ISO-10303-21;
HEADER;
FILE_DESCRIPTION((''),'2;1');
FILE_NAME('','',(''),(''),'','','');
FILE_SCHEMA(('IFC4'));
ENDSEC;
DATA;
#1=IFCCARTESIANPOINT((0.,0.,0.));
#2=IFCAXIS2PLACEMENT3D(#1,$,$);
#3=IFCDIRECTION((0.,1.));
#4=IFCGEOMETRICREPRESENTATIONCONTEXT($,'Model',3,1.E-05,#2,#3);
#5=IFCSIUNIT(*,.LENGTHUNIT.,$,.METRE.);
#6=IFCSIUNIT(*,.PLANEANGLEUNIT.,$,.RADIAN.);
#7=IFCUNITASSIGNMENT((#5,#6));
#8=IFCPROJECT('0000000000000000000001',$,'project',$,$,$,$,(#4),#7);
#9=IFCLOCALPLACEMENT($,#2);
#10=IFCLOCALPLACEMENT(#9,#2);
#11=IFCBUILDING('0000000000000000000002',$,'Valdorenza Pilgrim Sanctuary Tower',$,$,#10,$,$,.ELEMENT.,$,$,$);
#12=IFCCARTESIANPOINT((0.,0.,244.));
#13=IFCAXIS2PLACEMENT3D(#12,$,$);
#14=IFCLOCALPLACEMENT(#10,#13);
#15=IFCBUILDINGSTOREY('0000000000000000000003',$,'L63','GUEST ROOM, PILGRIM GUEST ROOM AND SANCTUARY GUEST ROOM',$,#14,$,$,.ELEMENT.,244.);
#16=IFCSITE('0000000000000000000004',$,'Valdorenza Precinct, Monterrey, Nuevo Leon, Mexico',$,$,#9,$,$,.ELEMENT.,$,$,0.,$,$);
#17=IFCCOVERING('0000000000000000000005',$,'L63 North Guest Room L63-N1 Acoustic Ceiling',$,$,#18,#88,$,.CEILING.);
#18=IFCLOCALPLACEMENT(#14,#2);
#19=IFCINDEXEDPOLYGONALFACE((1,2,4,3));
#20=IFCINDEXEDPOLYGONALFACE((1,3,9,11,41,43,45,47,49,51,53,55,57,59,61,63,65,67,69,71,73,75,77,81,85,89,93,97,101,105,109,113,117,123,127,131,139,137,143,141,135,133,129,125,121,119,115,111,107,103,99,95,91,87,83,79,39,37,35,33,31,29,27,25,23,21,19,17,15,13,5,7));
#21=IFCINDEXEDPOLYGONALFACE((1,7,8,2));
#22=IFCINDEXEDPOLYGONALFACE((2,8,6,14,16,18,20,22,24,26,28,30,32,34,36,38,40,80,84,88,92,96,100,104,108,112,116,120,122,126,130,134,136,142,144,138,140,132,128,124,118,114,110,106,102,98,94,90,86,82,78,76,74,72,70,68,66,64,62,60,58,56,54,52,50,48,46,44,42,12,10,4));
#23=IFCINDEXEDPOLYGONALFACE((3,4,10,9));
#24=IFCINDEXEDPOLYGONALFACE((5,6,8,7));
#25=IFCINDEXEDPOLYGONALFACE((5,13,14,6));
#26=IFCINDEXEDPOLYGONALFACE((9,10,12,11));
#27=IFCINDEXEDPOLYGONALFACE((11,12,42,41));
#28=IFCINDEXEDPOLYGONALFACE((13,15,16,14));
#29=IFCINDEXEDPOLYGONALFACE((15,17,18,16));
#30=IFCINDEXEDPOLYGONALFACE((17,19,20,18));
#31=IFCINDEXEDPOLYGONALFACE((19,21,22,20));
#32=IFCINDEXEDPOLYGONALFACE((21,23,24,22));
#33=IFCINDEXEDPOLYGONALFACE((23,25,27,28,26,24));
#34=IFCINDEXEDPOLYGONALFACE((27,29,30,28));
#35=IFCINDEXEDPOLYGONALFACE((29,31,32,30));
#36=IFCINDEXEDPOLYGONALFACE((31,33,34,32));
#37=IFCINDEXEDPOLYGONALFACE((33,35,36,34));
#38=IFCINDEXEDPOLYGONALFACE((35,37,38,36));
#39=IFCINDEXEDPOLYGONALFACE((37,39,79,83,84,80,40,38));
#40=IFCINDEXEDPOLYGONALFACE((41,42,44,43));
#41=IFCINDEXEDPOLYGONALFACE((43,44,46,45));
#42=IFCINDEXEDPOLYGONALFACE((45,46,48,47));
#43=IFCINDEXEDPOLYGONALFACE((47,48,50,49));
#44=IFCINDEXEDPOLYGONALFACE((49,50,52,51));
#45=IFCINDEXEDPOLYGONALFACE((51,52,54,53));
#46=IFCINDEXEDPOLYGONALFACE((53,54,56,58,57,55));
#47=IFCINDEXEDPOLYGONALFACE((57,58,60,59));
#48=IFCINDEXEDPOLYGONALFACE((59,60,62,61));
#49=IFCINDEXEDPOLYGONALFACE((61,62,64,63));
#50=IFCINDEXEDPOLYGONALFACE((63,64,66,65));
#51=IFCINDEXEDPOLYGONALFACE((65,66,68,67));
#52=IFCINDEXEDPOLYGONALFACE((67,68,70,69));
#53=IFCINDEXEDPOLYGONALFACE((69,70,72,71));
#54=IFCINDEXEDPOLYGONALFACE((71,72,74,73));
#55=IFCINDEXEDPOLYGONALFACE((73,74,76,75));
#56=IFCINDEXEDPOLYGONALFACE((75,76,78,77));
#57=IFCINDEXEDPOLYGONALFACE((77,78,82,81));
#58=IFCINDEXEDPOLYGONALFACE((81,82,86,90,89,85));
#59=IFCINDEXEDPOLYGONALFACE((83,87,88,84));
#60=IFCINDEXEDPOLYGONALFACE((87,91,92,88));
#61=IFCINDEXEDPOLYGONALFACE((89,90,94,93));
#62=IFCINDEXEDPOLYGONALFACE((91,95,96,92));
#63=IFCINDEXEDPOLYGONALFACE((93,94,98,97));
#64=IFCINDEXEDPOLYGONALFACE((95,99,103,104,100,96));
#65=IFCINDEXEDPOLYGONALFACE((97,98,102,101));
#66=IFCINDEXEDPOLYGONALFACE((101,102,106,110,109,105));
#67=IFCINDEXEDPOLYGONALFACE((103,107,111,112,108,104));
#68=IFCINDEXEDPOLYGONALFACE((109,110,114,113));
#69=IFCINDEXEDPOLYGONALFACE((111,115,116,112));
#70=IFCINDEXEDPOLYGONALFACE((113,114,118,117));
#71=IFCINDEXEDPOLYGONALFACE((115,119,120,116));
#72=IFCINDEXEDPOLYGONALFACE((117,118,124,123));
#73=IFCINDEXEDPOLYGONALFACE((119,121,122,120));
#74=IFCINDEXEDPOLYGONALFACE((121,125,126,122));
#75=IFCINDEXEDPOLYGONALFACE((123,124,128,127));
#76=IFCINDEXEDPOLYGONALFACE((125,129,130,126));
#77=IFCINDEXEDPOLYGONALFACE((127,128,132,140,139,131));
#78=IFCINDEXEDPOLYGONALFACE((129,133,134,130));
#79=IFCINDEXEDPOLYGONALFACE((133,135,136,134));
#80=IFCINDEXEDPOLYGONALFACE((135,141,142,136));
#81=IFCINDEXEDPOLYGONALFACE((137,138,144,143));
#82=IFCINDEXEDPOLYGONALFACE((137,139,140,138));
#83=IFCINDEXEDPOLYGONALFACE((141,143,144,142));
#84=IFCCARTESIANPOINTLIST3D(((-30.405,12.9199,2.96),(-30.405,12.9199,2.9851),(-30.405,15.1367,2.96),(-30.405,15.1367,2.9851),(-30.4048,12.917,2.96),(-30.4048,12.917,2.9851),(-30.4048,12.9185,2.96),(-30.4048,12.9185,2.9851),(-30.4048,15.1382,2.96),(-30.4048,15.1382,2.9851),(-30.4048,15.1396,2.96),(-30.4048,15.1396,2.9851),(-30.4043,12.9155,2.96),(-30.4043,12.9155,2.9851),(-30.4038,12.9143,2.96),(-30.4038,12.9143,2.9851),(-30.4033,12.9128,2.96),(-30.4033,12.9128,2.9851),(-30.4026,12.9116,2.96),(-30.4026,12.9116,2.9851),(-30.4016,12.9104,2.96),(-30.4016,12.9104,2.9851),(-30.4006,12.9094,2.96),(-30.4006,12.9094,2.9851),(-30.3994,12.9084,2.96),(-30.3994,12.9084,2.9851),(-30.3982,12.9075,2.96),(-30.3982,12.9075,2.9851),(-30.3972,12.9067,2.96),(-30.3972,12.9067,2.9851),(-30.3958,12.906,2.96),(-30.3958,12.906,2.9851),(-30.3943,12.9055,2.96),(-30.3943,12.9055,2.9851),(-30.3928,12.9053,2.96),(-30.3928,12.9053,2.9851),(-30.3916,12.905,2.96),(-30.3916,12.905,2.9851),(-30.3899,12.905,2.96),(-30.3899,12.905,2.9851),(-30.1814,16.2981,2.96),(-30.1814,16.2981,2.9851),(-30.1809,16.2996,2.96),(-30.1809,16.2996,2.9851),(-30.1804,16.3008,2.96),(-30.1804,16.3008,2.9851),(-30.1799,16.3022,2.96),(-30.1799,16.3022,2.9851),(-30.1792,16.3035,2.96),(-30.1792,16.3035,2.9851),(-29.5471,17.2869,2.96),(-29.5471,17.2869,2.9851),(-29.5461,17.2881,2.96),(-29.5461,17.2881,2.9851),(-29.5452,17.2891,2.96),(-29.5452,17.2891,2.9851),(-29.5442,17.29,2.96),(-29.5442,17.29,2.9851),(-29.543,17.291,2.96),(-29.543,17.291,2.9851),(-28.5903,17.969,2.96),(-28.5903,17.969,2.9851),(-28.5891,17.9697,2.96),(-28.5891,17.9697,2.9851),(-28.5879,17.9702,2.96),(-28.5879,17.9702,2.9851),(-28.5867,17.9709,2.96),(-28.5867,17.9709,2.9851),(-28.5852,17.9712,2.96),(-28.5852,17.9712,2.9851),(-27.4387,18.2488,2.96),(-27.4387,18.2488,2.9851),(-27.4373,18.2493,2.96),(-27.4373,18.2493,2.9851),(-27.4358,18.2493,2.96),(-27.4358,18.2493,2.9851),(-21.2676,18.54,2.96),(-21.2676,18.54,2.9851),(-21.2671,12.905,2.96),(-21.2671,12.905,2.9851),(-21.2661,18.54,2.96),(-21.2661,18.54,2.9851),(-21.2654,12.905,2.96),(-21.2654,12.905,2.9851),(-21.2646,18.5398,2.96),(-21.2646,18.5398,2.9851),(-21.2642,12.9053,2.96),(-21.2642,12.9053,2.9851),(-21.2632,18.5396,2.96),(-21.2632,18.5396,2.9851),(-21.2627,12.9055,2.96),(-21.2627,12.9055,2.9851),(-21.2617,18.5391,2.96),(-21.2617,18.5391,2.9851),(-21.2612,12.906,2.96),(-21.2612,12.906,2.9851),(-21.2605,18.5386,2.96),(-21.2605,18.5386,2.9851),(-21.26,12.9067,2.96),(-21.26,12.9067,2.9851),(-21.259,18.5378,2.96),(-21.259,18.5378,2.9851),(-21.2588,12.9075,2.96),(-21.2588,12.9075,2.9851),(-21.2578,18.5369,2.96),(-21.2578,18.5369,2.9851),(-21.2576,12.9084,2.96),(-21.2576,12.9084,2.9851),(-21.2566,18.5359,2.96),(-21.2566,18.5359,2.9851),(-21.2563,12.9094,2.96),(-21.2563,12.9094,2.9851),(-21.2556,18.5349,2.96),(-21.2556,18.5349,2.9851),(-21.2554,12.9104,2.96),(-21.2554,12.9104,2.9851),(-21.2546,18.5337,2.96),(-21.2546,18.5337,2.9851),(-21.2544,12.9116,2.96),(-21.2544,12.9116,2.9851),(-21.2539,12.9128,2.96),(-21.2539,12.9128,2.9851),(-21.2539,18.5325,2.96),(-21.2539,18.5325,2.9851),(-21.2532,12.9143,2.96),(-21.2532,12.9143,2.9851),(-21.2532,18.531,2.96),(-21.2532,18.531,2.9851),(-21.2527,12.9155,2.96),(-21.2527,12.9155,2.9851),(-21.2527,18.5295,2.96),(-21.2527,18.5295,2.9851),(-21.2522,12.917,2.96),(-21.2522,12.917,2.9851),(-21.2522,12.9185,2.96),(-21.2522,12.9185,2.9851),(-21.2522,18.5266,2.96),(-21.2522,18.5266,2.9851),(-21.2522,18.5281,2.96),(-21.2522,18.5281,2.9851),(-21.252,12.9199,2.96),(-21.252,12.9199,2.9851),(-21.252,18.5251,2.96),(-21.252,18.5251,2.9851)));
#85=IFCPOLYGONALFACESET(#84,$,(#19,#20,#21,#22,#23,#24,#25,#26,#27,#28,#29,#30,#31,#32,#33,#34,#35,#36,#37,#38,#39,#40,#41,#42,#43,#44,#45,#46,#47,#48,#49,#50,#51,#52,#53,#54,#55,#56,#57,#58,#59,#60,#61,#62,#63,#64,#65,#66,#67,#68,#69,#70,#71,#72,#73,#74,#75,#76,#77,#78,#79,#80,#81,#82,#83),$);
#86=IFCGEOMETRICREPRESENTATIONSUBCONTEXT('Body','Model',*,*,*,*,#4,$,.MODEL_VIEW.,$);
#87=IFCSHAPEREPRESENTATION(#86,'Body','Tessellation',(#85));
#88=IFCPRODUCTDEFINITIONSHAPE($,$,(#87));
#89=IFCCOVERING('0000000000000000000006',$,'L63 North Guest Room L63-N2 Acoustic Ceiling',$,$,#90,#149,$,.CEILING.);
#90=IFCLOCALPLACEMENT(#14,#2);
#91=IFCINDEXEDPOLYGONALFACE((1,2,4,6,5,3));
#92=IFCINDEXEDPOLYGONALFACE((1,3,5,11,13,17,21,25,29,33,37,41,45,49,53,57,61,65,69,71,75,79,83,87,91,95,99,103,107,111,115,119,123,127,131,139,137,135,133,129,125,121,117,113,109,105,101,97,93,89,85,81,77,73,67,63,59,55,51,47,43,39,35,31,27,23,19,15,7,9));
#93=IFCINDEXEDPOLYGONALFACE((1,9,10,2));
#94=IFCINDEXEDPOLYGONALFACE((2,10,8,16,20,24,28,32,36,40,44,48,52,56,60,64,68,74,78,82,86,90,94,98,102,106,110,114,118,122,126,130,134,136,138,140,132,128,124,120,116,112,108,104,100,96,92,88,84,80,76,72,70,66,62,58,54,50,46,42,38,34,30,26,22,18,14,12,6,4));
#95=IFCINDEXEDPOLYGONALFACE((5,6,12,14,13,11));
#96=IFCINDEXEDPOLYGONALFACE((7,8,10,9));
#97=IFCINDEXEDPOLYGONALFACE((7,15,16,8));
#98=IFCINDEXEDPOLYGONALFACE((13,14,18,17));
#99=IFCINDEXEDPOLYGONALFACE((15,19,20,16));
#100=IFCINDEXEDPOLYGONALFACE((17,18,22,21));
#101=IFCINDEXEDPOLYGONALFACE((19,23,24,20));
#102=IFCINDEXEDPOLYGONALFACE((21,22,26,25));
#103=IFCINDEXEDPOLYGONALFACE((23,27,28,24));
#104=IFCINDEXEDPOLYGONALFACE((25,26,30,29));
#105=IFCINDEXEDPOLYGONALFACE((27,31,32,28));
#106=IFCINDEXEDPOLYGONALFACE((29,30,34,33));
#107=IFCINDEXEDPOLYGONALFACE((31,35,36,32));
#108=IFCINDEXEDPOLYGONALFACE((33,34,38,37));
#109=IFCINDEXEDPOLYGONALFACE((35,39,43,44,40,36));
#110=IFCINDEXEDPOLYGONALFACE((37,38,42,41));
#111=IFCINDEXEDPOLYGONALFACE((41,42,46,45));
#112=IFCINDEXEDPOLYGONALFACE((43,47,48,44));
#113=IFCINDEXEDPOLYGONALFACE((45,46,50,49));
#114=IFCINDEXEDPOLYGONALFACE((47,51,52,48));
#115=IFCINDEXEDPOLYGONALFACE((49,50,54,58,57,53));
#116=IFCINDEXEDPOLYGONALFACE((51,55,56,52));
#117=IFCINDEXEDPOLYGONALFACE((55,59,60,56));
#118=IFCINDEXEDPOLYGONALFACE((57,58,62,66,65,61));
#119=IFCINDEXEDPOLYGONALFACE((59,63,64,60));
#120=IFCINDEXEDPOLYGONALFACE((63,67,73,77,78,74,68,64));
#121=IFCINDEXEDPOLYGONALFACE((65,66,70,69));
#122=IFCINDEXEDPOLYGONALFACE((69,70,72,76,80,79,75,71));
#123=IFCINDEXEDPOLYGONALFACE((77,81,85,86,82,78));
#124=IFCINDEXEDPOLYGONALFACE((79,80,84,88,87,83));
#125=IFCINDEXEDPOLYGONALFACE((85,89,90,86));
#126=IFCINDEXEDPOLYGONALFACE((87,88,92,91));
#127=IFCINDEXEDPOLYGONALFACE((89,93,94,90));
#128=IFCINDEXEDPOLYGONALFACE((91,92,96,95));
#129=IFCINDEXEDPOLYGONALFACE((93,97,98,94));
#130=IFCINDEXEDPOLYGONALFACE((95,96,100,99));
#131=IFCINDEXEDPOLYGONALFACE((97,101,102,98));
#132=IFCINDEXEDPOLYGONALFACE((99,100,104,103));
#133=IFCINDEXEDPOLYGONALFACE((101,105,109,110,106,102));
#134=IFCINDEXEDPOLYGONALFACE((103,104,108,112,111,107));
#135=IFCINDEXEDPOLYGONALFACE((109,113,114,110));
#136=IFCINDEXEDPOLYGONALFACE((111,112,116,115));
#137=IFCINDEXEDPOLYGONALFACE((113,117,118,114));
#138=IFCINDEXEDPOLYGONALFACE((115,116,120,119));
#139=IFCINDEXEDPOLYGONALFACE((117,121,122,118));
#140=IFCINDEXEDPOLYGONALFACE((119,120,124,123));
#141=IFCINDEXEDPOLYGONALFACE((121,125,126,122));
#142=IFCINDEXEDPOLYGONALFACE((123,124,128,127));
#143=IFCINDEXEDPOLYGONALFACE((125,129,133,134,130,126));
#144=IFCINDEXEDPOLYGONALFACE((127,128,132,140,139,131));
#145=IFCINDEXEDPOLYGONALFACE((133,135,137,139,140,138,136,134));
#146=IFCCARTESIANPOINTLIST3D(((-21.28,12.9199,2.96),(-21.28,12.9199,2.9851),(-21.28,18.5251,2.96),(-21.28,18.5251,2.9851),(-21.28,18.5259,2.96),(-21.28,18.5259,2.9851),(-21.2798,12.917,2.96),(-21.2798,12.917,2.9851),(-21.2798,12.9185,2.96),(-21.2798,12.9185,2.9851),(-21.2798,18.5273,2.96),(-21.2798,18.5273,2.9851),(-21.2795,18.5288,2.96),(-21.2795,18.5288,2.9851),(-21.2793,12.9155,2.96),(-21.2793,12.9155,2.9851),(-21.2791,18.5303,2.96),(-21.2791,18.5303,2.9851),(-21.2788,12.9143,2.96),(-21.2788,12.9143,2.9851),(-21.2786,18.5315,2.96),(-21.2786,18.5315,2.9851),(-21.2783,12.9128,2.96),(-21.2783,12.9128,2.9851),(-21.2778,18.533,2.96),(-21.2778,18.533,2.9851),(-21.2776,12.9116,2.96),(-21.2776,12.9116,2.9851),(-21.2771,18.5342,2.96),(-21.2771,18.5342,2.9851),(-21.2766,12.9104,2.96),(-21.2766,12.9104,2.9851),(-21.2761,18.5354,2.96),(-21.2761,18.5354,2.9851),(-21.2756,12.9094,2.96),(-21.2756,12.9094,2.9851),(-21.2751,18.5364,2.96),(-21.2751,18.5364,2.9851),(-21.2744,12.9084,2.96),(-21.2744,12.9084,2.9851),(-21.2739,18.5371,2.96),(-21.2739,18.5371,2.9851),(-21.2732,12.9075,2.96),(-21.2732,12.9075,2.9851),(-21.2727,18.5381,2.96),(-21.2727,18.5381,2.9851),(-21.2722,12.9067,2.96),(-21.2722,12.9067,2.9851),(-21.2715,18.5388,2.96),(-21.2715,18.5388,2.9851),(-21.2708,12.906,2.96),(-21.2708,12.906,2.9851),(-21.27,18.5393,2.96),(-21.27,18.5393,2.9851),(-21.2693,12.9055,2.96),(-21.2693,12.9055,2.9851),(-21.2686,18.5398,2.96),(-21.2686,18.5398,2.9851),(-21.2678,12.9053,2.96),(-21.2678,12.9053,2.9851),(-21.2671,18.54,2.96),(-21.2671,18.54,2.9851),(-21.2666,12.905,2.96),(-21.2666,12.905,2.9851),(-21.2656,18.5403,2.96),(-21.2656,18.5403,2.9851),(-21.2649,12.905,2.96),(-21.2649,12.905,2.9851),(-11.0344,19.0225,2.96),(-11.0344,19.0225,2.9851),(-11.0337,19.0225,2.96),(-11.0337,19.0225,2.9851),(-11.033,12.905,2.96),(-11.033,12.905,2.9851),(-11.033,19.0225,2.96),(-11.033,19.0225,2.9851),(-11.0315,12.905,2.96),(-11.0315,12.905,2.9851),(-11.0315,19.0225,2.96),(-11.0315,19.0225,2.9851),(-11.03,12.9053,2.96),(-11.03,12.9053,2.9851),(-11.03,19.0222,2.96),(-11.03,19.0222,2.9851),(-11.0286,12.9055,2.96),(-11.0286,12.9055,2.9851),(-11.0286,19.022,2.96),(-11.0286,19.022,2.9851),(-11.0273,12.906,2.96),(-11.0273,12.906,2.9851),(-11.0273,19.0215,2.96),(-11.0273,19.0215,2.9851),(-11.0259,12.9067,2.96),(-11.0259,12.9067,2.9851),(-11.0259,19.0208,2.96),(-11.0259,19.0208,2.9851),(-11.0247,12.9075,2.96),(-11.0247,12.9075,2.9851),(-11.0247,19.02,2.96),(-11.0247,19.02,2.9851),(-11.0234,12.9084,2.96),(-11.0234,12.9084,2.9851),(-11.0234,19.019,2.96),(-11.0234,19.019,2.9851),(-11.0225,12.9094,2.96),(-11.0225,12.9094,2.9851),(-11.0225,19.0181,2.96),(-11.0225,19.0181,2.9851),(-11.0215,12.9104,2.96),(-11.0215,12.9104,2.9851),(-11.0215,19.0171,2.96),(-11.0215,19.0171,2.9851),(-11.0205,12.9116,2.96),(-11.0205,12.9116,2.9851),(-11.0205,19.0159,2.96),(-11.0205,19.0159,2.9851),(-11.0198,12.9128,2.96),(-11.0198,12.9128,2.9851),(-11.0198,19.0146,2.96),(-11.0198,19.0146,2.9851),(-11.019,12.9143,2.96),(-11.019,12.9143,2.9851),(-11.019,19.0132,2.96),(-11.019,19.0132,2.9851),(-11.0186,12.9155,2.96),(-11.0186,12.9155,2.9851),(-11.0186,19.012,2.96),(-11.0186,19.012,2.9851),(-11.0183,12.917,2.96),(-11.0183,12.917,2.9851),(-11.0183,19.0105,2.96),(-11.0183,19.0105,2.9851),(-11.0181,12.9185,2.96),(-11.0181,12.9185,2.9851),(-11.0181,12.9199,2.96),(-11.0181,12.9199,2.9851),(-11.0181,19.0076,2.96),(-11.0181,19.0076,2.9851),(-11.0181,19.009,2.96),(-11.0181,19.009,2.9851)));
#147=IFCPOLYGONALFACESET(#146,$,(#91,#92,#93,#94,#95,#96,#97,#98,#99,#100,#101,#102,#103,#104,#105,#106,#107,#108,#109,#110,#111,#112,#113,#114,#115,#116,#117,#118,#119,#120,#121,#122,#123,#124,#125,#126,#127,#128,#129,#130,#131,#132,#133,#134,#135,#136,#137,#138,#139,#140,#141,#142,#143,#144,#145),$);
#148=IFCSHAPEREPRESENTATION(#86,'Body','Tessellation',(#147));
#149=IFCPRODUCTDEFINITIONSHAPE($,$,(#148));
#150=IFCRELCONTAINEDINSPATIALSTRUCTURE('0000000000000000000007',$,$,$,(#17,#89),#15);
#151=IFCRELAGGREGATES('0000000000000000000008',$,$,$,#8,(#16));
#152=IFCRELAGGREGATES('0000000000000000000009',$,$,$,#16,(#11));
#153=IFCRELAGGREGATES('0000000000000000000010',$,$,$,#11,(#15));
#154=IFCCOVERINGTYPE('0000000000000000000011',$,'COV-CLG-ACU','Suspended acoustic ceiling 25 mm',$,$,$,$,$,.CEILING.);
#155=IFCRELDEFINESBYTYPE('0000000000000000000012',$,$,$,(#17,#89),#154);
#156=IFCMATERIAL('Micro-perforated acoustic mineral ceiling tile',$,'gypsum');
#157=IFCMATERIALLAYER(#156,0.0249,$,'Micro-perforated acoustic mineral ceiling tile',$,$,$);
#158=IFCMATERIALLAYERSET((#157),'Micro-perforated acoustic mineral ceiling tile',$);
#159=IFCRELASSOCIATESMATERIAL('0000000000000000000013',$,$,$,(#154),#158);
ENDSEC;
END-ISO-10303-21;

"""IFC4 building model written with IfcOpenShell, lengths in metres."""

from ifc_helpers import new_model, si_unit, direction, frame, origin, place, context, subcontext, project, spatial, polyline, outline, extrude, material, layer, layer_set, type_object, element, save


model = new_model("IFC4")

# Units and contexts
model_context = context("Model", 3, precision=1e-05, world=origin(), true_north=direction((0.0, 1.0)))
body_context = subcontext(model_context, "Body", "Model", "MODEL_VIEW")
ifc_project = project(units=[si_unit("LENGTHUNIT", "METRE"), si_unit("PLANEANGLEUNIT", "RADIAN")], contexts=[model_context])

# Site, building, storey
site_placement = place(None, origin())
site = spatial("IfcSite", under=ifc_project, at=site_placement, Name="Valdorenza Precinct, Monterrey, Nuevo Leon, Mexico", CompositionType="ELEMENT", RefElevation=0.0)
building_placement = place(site_placement, origin())
building = spatial("IfcBuilding", under=site, at=building_placement, Name="Valdorenza Pilgrim Sanctuary Tower", CompositionType="ELEMENT")
storey_placement = place(building_placement, frame((0.0, 0.0, 244.0)))
storey = spatial("IfcBuildingStorey", under=building, at=storey_placement, Name="L63", Description="GUEST ROOM, PILGRIM GUEST ROOM AND SANCTUARY GUEST ROOM", CompositionType="ELEMENT", Elevation=244.0)

# Coverings
ifc_material_1 = material(Name="Micro-perforated acoustic mineral ceiling tile", Category="gypsum")
ifc_layer_1 = layer(ifc_material_1, 0.0249, Name="Micro-perforated acoustic mineral ceiling tile")
ifc_layer_set_1 = layer_set([ifc_layer_1], Name="Micro-perforated acoustic mineral ceiling tile")
covering_type_1 = type_object("IfcCoveringType", Name="COV-CLG-ACU", Description="Suspended acoustic ceiling 25 mm", PredefinedType="CEILING", material=ifc_layer_set_1)
covering_1_placement = place(storey_placement, frame((0.0, 0.0, 2.96)))
element("IfcCovering", 1, at=covering_1_placement, inside=storey, type_object=covering_type_1, Name="L63 North Guest Room L63-N1 Acoustic Ceiling", PredefinedType="CEILING", context=body_context, shape_type="SweptSolid", body=[
    extrude(outline(polyline([(-30.1814, 16.2981), (-30.1809, 16.2996), (-30.1804, 16.3008), (-30.1799, 16.3022), (-30.1792, 16.3035), (-29.5471, 17.2869), (-29.5461, 17.2881), (-29.5452, 17.2891), (-29.5442, 17.29), (-29.543, 17.291), (-28.5903, 17.969), (-28.5891, 17.9697), (-28.5879, 17.9702), (-28.5867, 17.9709), (-28.5852, 17.9712), (-27.4387, 18.2488), (-27.4373, 18.2493), (-27.4358, 18.2493), (-21.2676, 18.54), (-21.2661, 18.54), (-21.2646, 18.5398), (-21.2632, 18.5396), (-21.2617, 18.5391), (-21.2605, 18.5386), (-21.259, 18.5378), (-21.2578, 18.5369), (-21.2566, 18.5359), (-21.2556, 18.5349), (-21.2546, 18.5337), (-21.2539, 18.5325), (-21.2532, 18.531), (-21.2527, 18.5295), (-21.2522, 18.5281), (-21.2522, 18.5266), (-21.252, 18.5251), (-21.252, 12.9199), (-21.2522, 12.9185), (-21.2522, 12.917), (-21.2527, 12.9155), (-21.2532, 12.9143), (-21.2539, 12.9128), (-21.2544, 12.9116), (-21.2554, 12.9104), (-21.2563, 12.9094), (-21.2576, 12.9084), (-21.2588, 12.9075), (-21.26, 12.9067), (-21.2612, 12.906), (-21.2627, 12.9055), (-21.2642, 12.9053), (-21.2654, 12.905), (-21.2671, 12.905), (-30.3899, 12.905), (-30.3916, 12.905), (-30.3928, 12.9053), (-30.3943, 12.9055), (-30.3958, 12.906), (-30.3972, 12.9067), (-30.3982, 12.9075), (-30.3994, 12.9084), (-30.4006, 12.9094), (-30.4016, 12.9104), (-30.4026, 12.9116), (-30.4033, 12.9128), (-30.4038, 12.9143), (-30.4043, 12.9155), (-30.4048, 12.917), (-30.4048, 12.9185), (-30.405, 12.9199), (-30.405, 15.1367), (-30.4048, 15.1382), (-30.4048, 15.1396), (-30.1814, 16.2981)])), origin(), (0.0, 0.0, 1.0), 0.0251),
])
covering_2_placement = place(storey_placement, frame((0.0, 0.0, 2.96)))
element("IfcCovering", 2, at=covering_2_placement, inside=storey, type_object=covering_type_1, Name="L63 North Guest Room L63-N2 Acoustic Ceiling", PredefinedType="CEILING", context=body_context, shape_type="SweptSolid", body=[
    extrude(outline(polyline([(-21.28, 18.5251), (-21.28, 18.5259), (-21.2798, 18.5273), (-21.2795, 18.5288), (-21.2791, 18.5303), (-21.2786, 18.5315), (-21.2778, 18.533), (-21.2771, 18.5342), (-21.2761, 18.5354), (-21.2751, 18.5364), (-21.2739, 18.5371), (-21.2727, 18.5381), (-21.2715, 18.5388), (-21.27, 18.5393), (-21.2686, 18.5398), (-21.2671, 18.54), (-21.2656, 18.5403), (-11.0344, 19.0225), (-11.0337, 19.0225), (-11.033, 19.0225), (-11.0315, 19.0225), (-11.03, 19.0222), (-11.0286, 19.022), (-11.0273, 19.0215), (-11.0259, 19.0208), (-11.0247, 19.02), (-11.0234, 19.019), (-11.0225, 19.0181), (-11.0215, 19.0171), (-11.0205, 19.0159), (-11.0198, 19.0146), (-11.019, 19.0132), (-11.0186, 19.012), (-11.0183, 19.0105), (-11.0181, 19.009), (-11.0181, 19.0076), (-11.0181, 12.9199), (-11.0181, 12.9185), (-11.0183, 12.917), (-11.0186, 12.9155), (-11.019, 12.9143), (-11.0198, 12.9128), (-11.0205, 12.9116), (-11.0215, 12.9104), (-11.0225, 12.9094), (-11.0234, 12.9084), (-11.0247, 12.9075), (-11.0259, 12.9067), (-11.0273, 12.906), (-11.0286, 12.9055), (-11.03, 12.9053), (-11.0315, 12.905), (-11.033, 12.905), (-21.2649, 12.905), (-21.2666, 12.905), (-21.2678, 12.9053), (-21.2693, 12.9055), (-21.2708, 12.906), (-21.2722, 12.9067), (-21.2732, 12.9075), (-21.2744, 12.9084), (-21.2756, 12.9094), (-21.2766, 12.9104), (-21.2776, 12.9116), (-21.2783, 12.9128), (-21.2788, 12.9143), (-21.2793, 12.9155), (-21.2798, 12.917), (-21.2798, 12.9185), (-21.28, 12.9199), (-21.28, 18.5251), (-21.28, 18.5251)])), origin(), (0.0, 0.0, 1.0), 0.0251),
])

save(model, "model.ifc")
